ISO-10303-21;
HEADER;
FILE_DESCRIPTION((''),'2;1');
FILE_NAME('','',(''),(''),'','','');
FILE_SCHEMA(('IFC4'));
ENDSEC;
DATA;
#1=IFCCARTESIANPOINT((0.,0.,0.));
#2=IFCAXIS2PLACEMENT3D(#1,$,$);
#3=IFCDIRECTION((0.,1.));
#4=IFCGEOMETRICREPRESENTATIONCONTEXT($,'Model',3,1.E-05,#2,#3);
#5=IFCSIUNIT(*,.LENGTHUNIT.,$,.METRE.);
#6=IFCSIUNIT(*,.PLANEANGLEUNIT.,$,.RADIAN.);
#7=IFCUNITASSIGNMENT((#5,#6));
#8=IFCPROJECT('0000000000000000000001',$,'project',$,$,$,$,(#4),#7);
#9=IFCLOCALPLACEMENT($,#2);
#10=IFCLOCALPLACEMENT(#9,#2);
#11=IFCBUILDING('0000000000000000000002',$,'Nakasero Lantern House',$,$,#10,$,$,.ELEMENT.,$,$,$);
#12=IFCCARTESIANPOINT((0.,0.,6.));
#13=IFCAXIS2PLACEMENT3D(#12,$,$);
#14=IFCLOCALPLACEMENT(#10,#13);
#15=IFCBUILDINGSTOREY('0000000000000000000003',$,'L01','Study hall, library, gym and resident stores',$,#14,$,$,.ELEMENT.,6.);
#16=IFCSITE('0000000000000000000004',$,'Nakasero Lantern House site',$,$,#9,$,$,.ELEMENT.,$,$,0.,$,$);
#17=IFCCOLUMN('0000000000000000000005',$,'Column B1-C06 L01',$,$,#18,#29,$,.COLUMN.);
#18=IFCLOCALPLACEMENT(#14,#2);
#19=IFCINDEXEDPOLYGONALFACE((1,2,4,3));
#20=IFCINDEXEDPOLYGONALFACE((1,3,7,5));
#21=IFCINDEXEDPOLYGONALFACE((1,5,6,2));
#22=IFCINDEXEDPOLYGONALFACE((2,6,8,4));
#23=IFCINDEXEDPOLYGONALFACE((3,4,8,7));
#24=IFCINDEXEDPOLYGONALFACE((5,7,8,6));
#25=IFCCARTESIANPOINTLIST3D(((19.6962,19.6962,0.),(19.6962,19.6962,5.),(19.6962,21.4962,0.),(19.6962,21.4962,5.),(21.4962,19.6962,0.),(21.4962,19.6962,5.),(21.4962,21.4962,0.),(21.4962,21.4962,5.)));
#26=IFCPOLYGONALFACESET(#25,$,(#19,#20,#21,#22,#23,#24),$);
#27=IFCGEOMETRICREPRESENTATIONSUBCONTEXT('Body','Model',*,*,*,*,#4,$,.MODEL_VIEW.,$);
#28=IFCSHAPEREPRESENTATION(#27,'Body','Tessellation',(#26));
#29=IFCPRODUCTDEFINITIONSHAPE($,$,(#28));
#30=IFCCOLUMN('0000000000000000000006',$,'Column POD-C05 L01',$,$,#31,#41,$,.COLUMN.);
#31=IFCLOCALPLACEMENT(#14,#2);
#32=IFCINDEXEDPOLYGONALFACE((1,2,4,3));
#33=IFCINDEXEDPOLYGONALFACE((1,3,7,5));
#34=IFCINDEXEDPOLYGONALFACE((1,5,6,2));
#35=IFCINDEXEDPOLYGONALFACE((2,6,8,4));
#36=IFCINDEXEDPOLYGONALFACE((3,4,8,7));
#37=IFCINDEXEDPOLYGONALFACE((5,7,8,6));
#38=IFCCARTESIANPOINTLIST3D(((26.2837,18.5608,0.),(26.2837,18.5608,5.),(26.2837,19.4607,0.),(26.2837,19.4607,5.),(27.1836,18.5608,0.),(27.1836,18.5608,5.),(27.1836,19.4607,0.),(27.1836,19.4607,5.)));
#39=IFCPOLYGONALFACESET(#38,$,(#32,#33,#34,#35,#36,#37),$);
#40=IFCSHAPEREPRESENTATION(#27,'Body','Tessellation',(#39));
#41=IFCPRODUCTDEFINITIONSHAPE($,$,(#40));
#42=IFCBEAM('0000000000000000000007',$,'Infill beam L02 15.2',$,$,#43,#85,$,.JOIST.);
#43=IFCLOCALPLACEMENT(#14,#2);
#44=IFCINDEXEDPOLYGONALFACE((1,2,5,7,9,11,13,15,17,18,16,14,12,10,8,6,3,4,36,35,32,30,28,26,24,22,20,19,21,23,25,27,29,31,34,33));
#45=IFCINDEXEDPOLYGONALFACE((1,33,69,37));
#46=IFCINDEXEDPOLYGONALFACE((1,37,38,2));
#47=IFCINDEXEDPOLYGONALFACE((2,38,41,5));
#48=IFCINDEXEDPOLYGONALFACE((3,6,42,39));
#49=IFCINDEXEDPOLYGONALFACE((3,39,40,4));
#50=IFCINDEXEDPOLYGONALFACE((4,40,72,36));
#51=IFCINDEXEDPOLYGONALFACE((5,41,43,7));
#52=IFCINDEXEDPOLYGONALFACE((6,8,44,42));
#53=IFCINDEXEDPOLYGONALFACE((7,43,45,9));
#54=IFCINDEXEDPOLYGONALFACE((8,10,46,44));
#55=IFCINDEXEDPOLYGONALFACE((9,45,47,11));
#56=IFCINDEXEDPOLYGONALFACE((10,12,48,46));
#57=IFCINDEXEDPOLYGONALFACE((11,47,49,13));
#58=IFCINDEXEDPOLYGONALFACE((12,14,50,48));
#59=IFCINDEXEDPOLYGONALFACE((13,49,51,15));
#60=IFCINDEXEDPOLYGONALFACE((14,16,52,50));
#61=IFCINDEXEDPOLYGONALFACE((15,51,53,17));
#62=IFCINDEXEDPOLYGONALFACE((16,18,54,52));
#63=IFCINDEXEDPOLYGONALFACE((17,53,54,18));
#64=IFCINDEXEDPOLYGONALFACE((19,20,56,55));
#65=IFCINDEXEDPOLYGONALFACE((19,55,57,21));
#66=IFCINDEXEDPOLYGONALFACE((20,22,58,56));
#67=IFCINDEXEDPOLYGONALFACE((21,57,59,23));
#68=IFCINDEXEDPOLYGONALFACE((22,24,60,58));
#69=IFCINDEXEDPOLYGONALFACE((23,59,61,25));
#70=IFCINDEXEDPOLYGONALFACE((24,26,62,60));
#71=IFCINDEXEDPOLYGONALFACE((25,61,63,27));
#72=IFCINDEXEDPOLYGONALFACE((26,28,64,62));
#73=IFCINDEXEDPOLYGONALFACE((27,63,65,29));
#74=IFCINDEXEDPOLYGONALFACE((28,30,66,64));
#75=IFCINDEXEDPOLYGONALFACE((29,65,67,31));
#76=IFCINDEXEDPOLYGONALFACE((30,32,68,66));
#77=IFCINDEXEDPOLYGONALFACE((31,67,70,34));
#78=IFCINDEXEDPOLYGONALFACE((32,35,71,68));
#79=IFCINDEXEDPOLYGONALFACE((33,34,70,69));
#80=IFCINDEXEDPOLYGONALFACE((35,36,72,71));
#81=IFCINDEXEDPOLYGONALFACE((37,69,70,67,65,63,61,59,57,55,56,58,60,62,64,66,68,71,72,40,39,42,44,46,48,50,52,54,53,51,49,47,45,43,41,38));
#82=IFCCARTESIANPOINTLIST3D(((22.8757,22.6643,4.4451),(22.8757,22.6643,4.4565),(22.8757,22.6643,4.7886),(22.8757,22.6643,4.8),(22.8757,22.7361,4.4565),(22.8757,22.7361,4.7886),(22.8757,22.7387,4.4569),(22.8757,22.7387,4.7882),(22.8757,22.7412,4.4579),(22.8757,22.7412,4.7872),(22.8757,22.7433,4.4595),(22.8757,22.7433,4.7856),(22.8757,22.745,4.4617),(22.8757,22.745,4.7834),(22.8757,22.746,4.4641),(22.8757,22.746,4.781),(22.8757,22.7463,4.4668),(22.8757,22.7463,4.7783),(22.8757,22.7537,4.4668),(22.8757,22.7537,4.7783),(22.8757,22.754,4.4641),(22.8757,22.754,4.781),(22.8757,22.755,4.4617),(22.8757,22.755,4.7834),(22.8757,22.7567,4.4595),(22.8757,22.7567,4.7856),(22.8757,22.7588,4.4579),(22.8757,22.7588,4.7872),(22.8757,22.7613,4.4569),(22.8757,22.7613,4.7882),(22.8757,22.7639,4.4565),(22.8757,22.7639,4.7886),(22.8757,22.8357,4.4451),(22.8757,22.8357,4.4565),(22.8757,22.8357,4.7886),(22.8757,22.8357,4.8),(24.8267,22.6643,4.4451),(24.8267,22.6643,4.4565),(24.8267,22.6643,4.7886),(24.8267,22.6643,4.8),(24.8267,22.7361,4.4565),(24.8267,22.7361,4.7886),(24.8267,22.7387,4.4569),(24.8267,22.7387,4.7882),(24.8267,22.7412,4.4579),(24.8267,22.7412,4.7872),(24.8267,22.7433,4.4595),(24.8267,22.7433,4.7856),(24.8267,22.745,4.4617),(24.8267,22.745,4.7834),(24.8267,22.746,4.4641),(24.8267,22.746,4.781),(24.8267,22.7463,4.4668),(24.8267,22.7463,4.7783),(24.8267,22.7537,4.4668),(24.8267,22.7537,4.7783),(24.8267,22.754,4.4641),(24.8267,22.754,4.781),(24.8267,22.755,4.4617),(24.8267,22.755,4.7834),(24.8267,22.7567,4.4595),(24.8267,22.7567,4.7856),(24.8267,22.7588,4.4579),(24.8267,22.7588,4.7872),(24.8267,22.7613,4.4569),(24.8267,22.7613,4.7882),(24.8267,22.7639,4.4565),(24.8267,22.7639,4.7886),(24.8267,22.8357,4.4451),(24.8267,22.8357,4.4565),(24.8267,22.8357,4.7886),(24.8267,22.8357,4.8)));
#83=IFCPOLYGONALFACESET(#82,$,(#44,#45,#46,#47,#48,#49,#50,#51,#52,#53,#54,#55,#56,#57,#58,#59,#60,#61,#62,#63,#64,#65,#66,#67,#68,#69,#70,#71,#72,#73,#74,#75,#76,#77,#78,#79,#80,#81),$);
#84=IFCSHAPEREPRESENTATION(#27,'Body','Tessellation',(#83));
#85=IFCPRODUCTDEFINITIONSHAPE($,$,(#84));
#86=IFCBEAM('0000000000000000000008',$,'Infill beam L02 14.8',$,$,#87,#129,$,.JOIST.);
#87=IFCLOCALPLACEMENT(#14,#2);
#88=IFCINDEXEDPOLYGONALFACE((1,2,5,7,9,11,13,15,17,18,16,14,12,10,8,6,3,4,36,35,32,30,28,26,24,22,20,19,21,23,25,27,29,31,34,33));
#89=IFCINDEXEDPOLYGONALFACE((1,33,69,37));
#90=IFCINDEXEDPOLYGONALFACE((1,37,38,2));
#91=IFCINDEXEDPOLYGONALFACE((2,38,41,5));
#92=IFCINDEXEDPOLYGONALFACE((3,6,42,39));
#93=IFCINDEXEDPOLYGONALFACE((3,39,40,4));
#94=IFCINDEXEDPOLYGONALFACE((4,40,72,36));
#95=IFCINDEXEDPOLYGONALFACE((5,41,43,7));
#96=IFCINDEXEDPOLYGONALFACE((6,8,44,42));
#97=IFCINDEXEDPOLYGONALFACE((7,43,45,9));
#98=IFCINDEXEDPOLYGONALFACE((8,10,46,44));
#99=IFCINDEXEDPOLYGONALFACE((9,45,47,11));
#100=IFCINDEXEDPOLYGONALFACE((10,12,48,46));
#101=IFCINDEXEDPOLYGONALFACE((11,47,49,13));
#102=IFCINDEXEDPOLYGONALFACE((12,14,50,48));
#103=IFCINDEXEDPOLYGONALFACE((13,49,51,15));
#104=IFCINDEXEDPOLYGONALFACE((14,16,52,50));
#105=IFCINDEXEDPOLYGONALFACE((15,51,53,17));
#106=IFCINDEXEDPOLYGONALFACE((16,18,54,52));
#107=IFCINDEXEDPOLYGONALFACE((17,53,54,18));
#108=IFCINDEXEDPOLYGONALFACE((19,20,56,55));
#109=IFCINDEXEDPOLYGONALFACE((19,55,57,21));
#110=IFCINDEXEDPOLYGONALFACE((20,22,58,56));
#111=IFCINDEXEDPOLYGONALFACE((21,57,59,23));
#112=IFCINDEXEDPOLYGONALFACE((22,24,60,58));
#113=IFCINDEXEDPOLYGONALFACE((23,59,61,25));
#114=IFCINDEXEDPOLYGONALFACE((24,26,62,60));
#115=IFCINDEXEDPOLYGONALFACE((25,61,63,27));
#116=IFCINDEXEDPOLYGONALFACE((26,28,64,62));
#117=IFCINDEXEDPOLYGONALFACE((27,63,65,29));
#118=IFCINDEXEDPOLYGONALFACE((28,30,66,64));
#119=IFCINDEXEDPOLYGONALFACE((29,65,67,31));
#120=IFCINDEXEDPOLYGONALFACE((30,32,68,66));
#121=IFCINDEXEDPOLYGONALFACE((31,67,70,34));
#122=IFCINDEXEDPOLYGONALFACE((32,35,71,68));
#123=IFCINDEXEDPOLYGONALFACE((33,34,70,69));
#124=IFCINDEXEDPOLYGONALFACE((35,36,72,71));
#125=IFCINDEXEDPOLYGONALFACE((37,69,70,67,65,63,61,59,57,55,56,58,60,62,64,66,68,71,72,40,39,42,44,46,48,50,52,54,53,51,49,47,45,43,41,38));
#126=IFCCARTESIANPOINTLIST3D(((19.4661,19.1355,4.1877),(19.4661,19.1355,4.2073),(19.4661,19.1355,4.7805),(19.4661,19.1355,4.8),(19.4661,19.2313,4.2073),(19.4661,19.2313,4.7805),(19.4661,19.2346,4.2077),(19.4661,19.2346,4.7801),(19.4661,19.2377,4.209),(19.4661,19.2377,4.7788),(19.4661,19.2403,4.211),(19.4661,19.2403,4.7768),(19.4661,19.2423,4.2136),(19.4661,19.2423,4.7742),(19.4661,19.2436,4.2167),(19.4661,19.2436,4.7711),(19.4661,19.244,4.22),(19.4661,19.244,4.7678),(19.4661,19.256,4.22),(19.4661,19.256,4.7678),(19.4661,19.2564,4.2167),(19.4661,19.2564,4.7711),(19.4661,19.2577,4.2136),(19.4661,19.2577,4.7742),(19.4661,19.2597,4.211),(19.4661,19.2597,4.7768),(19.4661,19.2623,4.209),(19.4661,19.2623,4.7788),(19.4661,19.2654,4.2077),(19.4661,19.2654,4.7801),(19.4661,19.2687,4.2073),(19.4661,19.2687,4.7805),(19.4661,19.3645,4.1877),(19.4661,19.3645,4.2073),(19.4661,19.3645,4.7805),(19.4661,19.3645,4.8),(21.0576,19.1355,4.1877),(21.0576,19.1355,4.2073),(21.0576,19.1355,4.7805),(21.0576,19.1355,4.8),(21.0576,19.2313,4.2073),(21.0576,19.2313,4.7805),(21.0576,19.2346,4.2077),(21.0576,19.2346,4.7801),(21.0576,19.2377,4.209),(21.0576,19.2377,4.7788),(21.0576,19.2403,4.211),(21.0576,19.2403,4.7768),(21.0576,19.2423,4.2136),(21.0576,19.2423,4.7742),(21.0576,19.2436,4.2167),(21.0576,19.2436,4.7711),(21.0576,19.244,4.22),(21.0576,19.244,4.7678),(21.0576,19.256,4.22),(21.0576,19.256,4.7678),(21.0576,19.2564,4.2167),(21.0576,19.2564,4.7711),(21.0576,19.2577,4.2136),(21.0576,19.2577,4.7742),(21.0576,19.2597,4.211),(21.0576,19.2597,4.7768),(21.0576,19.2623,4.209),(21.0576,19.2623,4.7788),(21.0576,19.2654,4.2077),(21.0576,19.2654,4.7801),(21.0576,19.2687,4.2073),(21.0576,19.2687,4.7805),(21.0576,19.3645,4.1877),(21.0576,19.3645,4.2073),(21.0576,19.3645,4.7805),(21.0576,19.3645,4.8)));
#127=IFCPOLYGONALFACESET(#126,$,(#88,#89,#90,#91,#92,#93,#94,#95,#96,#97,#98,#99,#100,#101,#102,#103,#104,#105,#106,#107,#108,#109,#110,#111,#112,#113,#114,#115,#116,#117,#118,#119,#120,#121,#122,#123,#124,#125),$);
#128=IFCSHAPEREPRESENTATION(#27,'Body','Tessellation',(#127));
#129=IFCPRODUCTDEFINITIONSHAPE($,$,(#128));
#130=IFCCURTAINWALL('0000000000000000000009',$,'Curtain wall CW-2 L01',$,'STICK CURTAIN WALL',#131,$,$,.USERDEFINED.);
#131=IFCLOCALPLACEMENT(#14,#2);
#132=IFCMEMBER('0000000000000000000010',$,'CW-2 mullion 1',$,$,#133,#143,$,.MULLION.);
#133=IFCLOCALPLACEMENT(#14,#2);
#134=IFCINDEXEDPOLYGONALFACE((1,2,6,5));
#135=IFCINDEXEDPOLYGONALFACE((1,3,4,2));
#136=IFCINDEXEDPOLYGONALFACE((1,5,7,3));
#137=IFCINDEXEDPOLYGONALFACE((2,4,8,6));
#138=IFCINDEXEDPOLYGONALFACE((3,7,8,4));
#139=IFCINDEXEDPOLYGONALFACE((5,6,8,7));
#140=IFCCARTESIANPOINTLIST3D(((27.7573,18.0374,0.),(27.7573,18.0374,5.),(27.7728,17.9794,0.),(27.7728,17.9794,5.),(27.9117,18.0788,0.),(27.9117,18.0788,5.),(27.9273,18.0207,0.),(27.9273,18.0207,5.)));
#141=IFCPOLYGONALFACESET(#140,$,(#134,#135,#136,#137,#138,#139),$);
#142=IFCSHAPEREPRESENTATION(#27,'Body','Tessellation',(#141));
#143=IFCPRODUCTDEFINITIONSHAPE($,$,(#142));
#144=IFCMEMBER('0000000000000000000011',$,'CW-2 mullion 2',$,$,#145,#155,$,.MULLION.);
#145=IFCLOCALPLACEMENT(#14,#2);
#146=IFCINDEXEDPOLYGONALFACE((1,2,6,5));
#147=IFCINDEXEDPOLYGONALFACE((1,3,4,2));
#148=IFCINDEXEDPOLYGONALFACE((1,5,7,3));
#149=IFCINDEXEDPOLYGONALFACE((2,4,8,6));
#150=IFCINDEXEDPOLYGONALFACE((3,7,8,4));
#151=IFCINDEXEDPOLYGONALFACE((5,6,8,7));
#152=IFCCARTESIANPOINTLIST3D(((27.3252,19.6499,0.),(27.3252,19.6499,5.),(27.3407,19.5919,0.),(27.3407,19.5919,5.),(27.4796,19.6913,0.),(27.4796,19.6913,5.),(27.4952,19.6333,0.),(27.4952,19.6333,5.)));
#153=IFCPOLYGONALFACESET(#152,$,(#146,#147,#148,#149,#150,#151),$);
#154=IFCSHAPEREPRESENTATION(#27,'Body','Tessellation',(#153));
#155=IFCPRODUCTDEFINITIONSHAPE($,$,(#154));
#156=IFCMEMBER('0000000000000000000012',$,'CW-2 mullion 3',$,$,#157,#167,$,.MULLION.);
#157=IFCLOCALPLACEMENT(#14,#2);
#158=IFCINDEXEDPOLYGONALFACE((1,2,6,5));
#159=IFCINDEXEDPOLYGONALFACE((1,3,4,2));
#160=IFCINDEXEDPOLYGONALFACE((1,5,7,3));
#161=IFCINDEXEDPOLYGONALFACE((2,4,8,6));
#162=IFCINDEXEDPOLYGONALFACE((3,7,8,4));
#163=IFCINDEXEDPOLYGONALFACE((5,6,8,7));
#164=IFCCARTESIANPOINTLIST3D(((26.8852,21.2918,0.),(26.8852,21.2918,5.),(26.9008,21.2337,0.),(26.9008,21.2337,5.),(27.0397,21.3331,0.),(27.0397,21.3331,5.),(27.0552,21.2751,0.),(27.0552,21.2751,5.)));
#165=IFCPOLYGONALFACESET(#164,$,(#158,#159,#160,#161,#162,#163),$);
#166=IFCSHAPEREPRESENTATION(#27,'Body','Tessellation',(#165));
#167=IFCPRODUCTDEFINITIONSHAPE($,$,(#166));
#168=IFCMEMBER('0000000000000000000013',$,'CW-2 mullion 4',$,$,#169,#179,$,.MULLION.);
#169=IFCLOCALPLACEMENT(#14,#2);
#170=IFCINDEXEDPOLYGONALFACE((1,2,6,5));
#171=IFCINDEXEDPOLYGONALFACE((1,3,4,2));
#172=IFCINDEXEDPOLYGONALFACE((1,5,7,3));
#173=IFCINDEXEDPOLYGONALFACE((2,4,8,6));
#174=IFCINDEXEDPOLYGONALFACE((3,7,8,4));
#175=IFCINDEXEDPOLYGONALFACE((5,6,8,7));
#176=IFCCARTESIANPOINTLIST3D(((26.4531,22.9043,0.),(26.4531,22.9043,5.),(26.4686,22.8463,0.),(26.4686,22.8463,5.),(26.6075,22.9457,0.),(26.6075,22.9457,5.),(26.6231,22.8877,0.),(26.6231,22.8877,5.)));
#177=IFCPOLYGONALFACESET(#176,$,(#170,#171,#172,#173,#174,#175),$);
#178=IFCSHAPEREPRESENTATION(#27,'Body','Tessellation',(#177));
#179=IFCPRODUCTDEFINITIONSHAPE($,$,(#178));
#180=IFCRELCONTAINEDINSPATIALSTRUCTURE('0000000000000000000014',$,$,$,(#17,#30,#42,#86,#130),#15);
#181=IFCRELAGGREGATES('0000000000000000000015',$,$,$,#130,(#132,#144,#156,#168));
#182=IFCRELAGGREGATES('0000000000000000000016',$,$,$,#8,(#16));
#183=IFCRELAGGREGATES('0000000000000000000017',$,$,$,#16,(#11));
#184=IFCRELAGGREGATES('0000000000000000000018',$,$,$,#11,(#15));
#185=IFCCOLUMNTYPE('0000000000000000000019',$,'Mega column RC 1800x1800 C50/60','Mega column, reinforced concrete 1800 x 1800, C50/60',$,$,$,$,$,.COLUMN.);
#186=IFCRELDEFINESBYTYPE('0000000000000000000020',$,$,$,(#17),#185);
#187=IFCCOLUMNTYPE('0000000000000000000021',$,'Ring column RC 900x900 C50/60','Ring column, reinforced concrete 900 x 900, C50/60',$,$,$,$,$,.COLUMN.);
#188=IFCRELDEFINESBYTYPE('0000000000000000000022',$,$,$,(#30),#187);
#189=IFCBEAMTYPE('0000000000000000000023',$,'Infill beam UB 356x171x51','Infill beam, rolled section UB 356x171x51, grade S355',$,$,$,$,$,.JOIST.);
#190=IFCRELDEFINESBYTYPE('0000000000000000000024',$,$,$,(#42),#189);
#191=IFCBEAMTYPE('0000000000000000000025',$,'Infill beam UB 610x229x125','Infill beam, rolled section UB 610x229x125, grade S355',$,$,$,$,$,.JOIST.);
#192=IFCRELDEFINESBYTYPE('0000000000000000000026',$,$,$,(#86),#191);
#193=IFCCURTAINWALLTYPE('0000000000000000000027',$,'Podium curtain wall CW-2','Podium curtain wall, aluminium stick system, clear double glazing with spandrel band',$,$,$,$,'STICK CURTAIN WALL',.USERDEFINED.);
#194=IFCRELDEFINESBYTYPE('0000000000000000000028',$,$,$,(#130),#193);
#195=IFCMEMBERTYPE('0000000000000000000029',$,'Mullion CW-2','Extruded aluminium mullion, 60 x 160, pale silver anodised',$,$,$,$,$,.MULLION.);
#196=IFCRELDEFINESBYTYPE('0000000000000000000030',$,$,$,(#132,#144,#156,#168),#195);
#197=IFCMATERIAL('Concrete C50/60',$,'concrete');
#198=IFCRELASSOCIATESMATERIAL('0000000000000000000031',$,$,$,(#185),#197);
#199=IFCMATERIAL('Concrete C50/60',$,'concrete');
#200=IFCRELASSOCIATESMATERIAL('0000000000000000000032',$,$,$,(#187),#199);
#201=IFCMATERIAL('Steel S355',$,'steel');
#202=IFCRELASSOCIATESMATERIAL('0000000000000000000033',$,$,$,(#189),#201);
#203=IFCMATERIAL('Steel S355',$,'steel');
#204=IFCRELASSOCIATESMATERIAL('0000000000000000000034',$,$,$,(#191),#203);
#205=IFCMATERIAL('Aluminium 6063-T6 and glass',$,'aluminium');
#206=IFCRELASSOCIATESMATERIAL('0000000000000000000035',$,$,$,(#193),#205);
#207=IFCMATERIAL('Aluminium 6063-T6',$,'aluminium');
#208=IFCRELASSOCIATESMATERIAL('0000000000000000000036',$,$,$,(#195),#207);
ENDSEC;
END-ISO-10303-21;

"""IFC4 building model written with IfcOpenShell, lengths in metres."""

from ifc_helpers import new_model, si_unit, direction, frame, origin, origin_2d, place, context, subcontext, project, spatial, rectangle, i_section, extrude, material, material_profile, profile_set, type_object, element, aggregate, save


model = new_model("IFC4")

# Units and contexts
model_context = context("Model", 3, precision=1e-05, world=origin(), true_north=direction((0.0, 1.0)))
body_context = subcontext(model_context, "Body", "Model", "MODEL_VIEW")
ifc_project = project(units=[si_unit("LENGTHUNIT", "METRE"), si_unit("PLANEANGLEUNIT", "RADIAN")], contexts=[model_context])

# Site, building, storey
site_placement = place(None, origin())
site = spatial("IfcSite", under=ifc_project, at=site_placement, Name="Nakasero Lantern House site", CompositionType="ELEMENT", RefElevation=0.0)
building_placement = place(site_placement, origin())
building = spatial("IfcBuilding", under=site, at=building_placement, Name="Nakasero Lantern House", CompositionType="ELEMENT")
storey_placement = place(building_placement, frame((0.0, 0.0, 6.0)))
storey = spatial("IfcBuildingStorey", under=building, at=storey_placement, Name="L01", Description="Study hall, library, gym and resident stores", CompositionType="ELEMENT", Elevation=6.0)

# Columns
ifc_material_1 = material(Name="Concrete C50/60", Category="concrete")
ifc_material_profile_1 = material_profile(ifc_material_1, rectangle(XDim=1.8, YDim=1.8, at=origin_2d()), Name="RC 1800x1800")
ifc_profile_set_1 = profile_set([ifc_material_profile_1], Name="Concrete C50/60")
column_type_1 = type_object("IfcColumnType", Name="Mega column RC 1800x1800 C50/60", Description="Mega column, reinforced concrete 1800 x 1800, C50/60", PredefinedType="COLUMN", material=ifc_profile_set_1)
column_1_placement = place(storey_placement, frame((20.5962, 20.5962, 0.0), z_axis=(0.0, 0.0, 1.0), x_axis=(1.0, 0.0, 0.0)))
element("IfcColumn", 1, at=column_1_placement, inside=storey, type_object=column_type_1, Name="Column B1-C06 L01", PredefinedType="COLUMN", context=body_context, shape_type="SweptSolid", body=[
    extrude(rectangle(XDim=1.8, YDim=1.8, at=origin_2d()), origin(), (0.0, 0.0, 1.0), 5.0),
])
ifc_material_2 = material(Name="Concrete C50/60", Category="concrete")
ifc_material_profile_2 = material_profile(ifc_material_2, rectangle(XDim=0.8999, YDim=0.8999, at=origin_2d()), Name="RC 900x900")
ifc_profile_set_2 = profile_set([ifc_material_profile_2], Name="Concrete C50/60")
column_type_2 = type_object("IfcColumnType", Name="Ring column RC 900x900 C50/60", Description="Ring column, reinforced concrete 900 x 900, C50/60", PredefinedType="COLUMN", material=ifc_profile_set_2)
column_2_placement = place(storey_placement, frame((26.7336, 19.0107, 0.0), z_axis=(0.0, 0.0, 1.0), x_axis=(1.0, 0.0, 0.0)))
element("IfcColumn", 2, at=column_2_placement, inside=storey, type_object=column_type_2, Name="Column POD-C05 L01", PredefinedType="COLUMN", context=body_context, shape_type="SweptSolid", body=[
    extrude(rectangle(XDim=0.8999, YDim=0.8999, at=origin_2d()), origin(), (0.0, 0.0, 1.0), 5.0),
])

# Beams
ifc_material_3 = material(Name="Steel S355", Category="steel")
ifc_material_profile_3 = material_profile(ifc_material_3, i_section(OverallWidth=0.1714, OverallDepth=0.355, WebThickness=0.0073, FlangeThickness=0.0115, FilletRadius=0.0103, at=origin_2d()), Name="UB 356x171x51")
ifc_profile_set_3 = profile_set([ifc_material_profile_3], Name="Steel S355")
beam_type_1 = type_object("IfcBeamType", Name="Infill beam UB 356x171x51", Description="Infill beam, rolled section UB 356x171x51, grade S355", PredefinedType="JOIST", material=ifc_profile_set_3)
beam_1_placement = place(storey_placement, frame((22.8757, 22.75, 4.6226), z_axis=(1.0, 0.0, 0.0), x_axis=(0.0, 1.0, 0.0)))
element("IfcBeam", 3, at=beam_1_placement, inside=storey, type_object=beam_type_1, Name="Infill beam L02 15.2", PredefinedType="JOIST", context=body_context, shape_type="SweptSolid", body=[
    extrude(i_section(OverallWidth=0.1714, OverallDepth=0.355, WebThickness=0.0073, FlangeThickness=0.0115, FilletRadius=0.0103, at=origin_2d()), origin(), (0.0, 0.0, 1.0), 1.9509),
])
ifc_material_4 = material(Name="Steel S355", Category="steel")
ifc_material_profile_4 = material_profile(ifc_material_4, i_section(OverallWidth=0.229, OverallDepth=0.6123, WebThickness=0.012, FlangeThickness=0.0195, FilletRadius=0.0127, at=origin_2d()), Name="UB 610x229x125")
ifc_profile_set_4 = profile_set([ifc_material_profile_4], Name="Steel S355")
beam_type_2 = type_object("IfcBeamType", Name="Infill beam UB 610x229x125", Description="Infill beam, rolled section UB 610x229x125, grade S355", PredefinedType="JOIST", material=ifc_profile_set_4)
beam_2_placement = place(storey_placement, frame((19.4661, 19.25, 4.4939), z_axis=(1.0, 0.0, 0.0), x_axis=(0.0, 1.0, 0.0)))
element("IfcBeam", 4, at=beam_2_placement, inside=storey, type_object=beam_type_2, Name="Infill beam L02 14.8", PredefinedType="JOIST", context=body_context, shape_type="SweptSolid", body=[
    extrude(i_section(OverallWidth=0.229, OverallDepth=0.6123, WebThickness=0.012, FlangeThickness=0.0195, FilletRadius=0.0127, at=origin_2d()), origin(), (0.0, 0.0, 1.0), 1.5916),
])

# Curtain wall, members
ifc_material_5 = material(Name="Aluminium 6063-T6 and glass", Category="aluminium")
curtain_wall_type = type_object("IfcCurtainWallType", Name="Podium curtain wall CW-2", Description="Podium curtain wall, aluminium stick system, clear double glazing with spandrel band", ElementType="STICK CURTAIN WALL", PredefinedType="USERDEFINED", material=ifc_material_5)
curtain_wall_1_placement = place(storey_placement, origin())
curtain_wall_1 = element("IfcCurtainWall", 5, at=curtain_wall_1_placement, inside=storey, type_object=curtain_wall_type, Name="Curtain wall CW-2 L01", ObjectType="STICK CURTAIN WALL", PredefinedType="USERDEFINED")
ifc_material_6 = material(Name="Aluminium 6063-T6", Category="aluminium")
ifc_material_profile_5 = material_profile(ifc_material_6, rectangle(XDim=0.0601, YDim=0.1599, at=origin_2d()), Name="CW-2 mullion 60x160")
ifc_profile_set_5 = profile_set([ifc_material_profile_5], Name="Aluminium 6063-T6")
member_type_1 = type_object("IfcMemberType", Name="Mullion CW-2", Description="Extruded aluminium mullion, 60 x 160, pale silver anodised", PredefinedType="MULLION", material=ifc_profile_set_5)
member_1_placement = place(storey_placement, frame((27.8423, 18.0291, 0.0), z_axis=(0.0, 0.0, 1.0), x_axis=(-0.258819, 0.965926, 0.0)))
member_1 = element("IfcMember", 6, at=member_1_placement, type_object=member_type_1, Name="CW-2 mullion 1", PredefinedType="MULLION", context=body_context, shape_type="SweptSolid", body=[
    extrude(rectangle(XDim=0.0601, YDim=0.1599, at=origin_2d()), origin(), (0.0, 0.0, 1.0), 5.0),
])
member_2_placement = place(storey_placement, frame((27.4102, 19.6416, 0.0), z_axis=(0.0, 0.0, 1.0), x_axis=(-0.258819, 0.965926, 0.0)))
member_2 = element("IfcMember", 7, at=member_2_placement, type_object=member_type_1, Name="CW-2 mullion 2", PredefinedType="MULLION", context=body_context, shape_type="SweptSolid", body=[
    extrude(rectangle(XDim=0.0601, YDim=0.1599, at=origin_2d()), origin(), (0.0, 0.0, 1.0), 5.0),
])
member_3_placement = place(storey_placement, frame((26.9702, 21.2834, 0.0), z_axis=(0.0, 0.0, 1.0), x_axis=(-0.258819, 0.965926, 0.0)))
member_3 = element("IfcMember", 8, at=member_3_placement, type_object=member_type_1, Name="CW-2 mullion 3", PredefinedType="MULLION", context=body_context, shape_type="SweptSolid", body=[
    extrude(rectangle(XDim=0.0601, YDim=0.1599, at=origin_2d()), origin(), (0.0, 0.0, 1.0), 5.0),
])
member_4_placement = place(storey_placement, frame((26.5381, 22.896, 0.0), z_axis=(0.0, 0.0, 1.0), x_axis=(-0.258819, 0.965926, 0.0)))
member_4 = element("IfcMember", 9, at=member_4_placement, type_object=member_type_1, Name="CW-2 mullion 4", PredefinedType="MULLION", context=body_context, shape_type="SweptSolid", body=[
    extrude(rectangle(XDim=0.0601, YDim=0.1599, at=origin_2d()), origin(), (0.0, 0.0, 1.0), 5.0),
])

aggregate(curtain_wall_1, [member_1, member_2, member_3, member_4])

save(model, "model.ifc")
